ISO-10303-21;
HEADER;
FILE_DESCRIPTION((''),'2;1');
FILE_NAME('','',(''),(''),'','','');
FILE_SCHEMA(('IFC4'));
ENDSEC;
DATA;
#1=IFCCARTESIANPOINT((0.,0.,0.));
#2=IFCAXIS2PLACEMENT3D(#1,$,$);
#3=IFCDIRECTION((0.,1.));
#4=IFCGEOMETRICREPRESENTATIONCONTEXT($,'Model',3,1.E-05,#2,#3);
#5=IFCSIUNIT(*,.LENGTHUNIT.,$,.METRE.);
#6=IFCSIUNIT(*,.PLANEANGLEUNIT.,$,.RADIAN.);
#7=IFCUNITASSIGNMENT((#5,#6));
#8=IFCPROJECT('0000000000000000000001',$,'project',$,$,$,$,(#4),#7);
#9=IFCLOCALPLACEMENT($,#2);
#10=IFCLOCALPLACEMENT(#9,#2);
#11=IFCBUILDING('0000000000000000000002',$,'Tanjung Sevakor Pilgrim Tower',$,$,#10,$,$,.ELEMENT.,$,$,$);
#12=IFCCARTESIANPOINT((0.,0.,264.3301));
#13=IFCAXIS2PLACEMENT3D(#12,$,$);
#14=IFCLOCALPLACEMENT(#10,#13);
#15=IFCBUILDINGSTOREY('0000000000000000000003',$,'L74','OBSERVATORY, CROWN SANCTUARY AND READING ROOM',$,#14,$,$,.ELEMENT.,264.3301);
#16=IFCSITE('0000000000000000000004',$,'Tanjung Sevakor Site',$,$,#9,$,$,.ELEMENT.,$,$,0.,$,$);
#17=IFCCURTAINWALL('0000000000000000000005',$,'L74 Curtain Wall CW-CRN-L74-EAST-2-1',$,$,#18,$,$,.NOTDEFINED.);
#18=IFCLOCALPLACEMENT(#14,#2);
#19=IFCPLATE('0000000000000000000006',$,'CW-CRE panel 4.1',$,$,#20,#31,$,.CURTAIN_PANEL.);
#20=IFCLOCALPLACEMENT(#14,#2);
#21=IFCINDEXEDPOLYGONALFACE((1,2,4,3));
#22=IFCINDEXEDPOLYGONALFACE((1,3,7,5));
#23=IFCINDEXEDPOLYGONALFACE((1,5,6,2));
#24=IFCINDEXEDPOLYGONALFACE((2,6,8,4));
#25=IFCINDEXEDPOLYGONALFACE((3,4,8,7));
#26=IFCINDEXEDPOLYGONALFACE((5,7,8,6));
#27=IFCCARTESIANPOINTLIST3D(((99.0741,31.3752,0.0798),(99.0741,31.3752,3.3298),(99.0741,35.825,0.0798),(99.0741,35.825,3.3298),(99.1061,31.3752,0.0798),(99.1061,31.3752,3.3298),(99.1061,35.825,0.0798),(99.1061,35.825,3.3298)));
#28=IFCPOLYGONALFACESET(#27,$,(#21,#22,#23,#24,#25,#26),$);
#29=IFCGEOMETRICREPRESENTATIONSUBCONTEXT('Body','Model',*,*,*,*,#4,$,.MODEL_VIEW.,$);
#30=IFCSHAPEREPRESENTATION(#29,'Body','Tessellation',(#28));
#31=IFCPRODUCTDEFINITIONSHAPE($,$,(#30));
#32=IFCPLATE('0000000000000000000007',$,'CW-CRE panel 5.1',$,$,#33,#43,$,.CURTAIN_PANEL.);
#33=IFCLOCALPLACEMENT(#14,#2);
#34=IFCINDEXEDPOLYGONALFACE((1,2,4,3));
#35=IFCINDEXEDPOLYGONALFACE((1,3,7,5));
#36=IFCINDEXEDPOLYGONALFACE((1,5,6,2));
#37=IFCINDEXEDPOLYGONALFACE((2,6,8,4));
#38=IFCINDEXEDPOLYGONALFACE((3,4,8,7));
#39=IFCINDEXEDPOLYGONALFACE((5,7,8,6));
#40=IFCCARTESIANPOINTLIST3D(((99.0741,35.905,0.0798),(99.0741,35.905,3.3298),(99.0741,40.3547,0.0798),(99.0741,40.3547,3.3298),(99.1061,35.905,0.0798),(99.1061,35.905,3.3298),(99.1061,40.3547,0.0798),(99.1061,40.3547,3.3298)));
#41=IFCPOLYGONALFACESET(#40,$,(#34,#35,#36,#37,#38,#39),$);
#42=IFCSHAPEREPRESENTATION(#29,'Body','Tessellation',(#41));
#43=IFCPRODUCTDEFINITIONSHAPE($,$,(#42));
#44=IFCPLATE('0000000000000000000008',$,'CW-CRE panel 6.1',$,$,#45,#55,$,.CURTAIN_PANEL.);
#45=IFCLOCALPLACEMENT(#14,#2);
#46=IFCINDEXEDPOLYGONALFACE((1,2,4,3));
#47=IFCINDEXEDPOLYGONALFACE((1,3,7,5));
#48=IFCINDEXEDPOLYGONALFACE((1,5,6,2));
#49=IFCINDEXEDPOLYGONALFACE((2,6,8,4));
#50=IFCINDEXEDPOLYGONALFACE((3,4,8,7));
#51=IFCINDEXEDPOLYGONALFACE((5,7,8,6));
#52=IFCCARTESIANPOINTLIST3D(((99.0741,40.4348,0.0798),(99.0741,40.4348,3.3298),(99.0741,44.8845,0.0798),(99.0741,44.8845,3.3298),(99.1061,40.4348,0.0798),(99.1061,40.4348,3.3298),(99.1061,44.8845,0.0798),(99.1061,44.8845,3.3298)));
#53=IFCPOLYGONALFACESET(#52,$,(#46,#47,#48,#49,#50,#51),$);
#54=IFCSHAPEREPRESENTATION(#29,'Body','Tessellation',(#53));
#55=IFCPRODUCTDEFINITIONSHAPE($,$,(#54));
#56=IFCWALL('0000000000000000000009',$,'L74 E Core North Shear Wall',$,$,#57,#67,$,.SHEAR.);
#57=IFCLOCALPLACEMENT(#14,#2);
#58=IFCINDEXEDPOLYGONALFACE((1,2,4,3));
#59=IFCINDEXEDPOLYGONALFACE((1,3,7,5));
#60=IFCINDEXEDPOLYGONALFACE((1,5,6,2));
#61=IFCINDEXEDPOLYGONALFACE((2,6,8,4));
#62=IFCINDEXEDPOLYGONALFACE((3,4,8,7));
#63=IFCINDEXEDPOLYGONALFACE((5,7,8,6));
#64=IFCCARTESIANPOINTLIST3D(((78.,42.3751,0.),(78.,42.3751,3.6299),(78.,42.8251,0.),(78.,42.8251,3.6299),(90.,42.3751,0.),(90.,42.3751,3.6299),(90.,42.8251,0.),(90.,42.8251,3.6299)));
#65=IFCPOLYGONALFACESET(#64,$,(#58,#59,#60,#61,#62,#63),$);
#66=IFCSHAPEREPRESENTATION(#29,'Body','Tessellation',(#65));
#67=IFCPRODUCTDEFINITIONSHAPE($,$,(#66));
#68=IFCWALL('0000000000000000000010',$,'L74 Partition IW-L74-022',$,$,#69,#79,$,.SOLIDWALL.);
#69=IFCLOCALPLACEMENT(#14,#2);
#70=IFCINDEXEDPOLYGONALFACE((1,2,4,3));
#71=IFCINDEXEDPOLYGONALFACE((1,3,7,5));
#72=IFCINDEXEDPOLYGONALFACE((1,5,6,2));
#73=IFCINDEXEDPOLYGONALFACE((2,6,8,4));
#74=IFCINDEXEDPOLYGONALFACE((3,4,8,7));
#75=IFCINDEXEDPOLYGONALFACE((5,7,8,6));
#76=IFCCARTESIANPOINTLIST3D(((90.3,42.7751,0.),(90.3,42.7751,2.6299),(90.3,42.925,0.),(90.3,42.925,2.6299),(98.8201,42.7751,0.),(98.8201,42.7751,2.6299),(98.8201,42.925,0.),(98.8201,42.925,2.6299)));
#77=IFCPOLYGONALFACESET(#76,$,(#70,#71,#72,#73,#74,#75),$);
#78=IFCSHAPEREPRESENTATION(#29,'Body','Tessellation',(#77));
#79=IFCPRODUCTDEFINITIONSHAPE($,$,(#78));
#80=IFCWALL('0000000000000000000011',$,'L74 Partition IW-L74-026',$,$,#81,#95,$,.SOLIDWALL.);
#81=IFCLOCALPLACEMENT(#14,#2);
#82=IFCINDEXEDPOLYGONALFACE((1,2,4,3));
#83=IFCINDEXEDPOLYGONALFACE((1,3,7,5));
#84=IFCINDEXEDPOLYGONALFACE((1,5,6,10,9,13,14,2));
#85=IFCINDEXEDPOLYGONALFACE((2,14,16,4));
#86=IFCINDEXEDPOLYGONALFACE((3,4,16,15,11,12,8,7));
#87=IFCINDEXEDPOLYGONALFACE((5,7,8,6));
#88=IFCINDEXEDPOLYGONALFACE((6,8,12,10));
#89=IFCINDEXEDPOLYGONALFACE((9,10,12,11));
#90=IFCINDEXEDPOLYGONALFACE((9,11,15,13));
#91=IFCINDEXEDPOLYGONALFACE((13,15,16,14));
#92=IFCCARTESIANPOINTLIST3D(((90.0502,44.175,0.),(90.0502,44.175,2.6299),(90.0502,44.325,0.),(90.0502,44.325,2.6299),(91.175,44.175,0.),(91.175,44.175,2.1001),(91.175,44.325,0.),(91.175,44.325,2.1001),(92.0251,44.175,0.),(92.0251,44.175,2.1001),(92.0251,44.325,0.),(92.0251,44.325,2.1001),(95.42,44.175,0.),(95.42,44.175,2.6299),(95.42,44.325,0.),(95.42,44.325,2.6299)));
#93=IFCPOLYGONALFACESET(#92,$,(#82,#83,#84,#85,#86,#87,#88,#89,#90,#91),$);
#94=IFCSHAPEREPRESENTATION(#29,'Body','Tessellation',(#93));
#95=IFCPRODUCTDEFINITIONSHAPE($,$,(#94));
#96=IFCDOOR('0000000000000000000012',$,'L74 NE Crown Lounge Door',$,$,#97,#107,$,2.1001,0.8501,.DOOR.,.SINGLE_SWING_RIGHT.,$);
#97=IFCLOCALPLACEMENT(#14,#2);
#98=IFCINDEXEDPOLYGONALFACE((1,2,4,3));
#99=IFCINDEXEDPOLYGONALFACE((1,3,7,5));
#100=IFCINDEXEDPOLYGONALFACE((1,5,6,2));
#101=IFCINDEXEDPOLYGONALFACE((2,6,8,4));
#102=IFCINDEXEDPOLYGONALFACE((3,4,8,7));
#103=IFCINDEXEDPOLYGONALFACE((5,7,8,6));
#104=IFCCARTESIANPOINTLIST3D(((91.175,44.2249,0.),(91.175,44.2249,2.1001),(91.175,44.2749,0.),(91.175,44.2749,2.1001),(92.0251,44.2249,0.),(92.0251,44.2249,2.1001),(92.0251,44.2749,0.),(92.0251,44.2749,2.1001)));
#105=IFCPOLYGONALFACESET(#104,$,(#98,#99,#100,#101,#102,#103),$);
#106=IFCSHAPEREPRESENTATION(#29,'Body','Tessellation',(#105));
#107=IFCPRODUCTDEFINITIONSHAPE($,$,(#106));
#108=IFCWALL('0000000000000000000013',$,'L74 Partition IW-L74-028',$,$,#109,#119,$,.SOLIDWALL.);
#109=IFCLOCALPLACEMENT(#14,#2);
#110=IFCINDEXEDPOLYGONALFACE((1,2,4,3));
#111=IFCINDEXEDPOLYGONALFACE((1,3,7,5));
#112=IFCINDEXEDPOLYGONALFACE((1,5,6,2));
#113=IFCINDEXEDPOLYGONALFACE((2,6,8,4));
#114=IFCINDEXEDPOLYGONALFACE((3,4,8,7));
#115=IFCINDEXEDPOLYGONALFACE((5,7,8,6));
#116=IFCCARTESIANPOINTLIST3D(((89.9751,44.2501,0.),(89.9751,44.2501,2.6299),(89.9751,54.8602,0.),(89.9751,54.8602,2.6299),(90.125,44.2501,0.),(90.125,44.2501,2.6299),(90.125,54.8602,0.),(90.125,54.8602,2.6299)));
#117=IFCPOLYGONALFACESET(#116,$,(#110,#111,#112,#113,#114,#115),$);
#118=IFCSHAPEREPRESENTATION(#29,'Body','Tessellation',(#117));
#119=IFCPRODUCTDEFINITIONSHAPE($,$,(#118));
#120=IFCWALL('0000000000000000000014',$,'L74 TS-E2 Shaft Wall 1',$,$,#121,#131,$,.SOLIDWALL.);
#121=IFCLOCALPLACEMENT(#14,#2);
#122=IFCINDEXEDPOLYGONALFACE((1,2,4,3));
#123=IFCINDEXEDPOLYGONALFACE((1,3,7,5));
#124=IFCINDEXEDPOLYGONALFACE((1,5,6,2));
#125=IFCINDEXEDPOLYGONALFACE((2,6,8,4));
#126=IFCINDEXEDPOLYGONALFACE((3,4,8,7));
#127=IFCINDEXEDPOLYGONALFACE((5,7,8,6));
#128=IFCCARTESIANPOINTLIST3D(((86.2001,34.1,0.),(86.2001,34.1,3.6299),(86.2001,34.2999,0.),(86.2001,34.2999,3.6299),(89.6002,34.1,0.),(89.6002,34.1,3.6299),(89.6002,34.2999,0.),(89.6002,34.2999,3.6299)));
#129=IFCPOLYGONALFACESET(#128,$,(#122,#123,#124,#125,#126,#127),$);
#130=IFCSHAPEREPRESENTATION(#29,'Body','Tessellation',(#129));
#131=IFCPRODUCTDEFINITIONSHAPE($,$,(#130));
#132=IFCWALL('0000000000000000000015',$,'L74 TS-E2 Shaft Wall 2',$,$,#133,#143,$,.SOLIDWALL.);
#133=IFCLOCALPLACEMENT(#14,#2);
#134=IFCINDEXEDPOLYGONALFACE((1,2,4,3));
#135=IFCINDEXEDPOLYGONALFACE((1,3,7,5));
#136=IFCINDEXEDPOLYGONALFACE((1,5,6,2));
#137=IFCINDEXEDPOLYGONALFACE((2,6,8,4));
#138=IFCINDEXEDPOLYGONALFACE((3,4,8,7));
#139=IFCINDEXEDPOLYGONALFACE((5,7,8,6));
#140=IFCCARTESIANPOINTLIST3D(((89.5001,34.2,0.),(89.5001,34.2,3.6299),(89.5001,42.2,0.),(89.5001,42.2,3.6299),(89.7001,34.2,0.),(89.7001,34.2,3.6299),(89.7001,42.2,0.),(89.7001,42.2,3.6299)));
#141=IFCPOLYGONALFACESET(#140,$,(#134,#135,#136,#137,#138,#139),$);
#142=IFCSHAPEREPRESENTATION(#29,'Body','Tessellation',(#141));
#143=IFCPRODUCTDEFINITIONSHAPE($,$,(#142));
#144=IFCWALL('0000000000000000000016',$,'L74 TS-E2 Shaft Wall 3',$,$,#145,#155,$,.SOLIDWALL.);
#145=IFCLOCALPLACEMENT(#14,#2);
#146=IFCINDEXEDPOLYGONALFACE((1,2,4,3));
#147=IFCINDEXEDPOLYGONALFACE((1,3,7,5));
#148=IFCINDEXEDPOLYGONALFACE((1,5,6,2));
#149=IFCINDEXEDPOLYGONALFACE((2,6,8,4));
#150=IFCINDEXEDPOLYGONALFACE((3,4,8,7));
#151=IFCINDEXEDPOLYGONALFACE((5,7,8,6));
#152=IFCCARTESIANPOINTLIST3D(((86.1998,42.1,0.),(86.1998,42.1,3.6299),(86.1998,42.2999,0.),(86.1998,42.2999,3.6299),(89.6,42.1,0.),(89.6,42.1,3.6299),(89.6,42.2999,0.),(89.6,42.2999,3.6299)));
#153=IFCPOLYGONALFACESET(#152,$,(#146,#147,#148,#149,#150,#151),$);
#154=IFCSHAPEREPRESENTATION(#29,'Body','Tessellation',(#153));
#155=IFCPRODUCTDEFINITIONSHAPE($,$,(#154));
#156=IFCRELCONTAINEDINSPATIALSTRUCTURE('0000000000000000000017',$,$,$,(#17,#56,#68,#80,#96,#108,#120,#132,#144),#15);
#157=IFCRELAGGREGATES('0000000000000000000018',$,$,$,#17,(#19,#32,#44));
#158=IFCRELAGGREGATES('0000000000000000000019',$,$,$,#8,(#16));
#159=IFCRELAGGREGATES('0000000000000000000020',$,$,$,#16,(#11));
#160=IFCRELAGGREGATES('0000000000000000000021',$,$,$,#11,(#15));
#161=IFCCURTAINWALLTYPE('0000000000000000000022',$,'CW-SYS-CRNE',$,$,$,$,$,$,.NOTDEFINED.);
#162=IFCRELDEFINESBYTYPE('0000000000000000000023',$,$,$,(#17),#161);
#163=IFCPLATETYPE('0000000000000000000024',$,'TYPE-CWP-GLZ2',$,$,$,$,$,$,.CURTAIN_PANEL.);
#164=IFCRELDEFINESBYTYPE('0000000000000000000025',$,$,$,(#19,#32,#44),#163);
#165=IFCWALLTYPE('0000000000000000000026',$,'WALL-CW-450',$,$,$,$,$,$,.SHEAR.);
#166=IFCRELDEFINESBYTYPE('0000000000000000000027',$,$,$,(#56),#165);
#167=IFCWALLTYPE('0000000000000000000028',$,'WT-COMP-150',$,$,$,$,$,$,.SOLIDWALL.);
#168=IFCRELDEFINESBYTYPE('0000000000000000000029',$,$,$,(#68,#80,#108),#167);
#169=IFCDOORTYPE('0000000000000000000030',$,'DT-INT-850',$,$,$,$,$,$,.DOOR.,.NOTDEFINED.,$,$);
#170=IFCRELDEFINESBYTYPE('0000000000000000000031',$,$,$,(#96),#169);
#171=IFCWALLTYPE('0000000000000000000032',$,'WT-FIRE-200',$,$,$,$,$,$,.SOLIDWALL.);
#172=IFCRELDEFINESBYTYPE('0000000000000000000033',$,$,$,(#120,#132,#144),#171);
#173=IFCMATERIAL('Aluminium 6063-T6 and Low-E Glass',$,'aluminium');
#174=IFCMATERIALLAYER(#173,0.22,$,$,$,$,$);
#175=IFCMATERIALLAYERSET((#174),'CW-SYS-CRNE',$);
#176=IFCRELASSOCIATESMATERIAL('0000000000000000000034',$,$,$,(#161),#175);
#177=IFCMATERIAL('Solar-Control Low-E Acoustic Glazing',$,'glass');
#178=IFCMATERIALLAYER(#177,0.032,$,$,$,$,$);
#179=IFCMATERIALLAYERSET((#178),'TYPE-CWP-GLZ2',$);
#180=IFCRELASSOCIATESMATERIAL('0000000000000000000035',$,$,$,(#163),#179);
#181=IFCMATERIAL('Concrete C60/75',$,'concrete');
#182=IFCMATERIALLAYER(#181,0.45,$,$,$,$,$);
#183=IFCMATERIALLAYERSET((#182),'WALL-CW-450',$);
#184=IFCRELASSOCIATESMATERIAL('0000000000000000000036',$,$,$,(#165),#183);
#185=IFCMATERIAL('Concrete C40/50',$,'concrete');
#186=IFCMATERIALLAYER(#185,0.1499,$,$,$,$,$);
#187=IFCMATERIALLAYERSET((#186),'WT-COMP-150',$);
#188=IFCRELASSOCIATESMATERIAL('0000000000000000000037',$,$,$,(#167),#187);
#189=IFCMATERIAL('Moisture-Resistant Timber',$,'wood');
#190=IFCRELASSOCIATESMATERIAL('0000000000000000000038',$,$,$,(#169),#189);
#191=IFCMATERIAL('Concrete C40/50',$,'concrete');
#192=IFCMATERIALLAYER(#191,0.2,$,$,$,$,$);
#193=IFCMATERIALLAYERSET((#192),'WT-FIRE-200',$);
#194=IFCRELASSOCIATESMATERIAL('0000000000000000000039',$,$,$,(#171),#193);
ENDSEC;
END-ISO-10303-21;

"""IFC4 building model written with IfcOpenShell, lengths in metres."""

from ifc_helpers import new_model, si_unit, direction, frame, frame_2d, origin, origin_2d, place, context, subcontext, project, spatial, rectangle, extrude, material, layer, layer_set, type_object, element, fill, aggregate, save


model = new_model("IFC4")

# Units and contexts
model_context = context("Model", 3, precision=1e-05, world=origin(), true_north=direction((0.0, 1.0)))
body_context = subcontext(model_context, "Body", "Model", "MODEL_VIEW")
ifc_project = project(units=[si_unit("LENGTHUNIT", "METRE"), si_unit("PLANEANGLEUNIT", "RADIAN")], contexts=[model_context])

# Site, building, storey
site_placement = place(None, origin())
site = spatial("IfcSite", under=ifc_project, at=site_placement, Name="Tanjung Sevakor Site", CompositionType="ELEMENT", RefElevation=0.0)
building_placement = place(site_placement, origin())
building = spatial("IfcBuilding", under=site, at=building_placement, Name="Tanjung Sevakor Pilgrim Tower", CompositionType="ELEMENT")
storey_placement = place(building_placement, frame((0.0, 0.0, 264.3301)))
storey = spatial("IfcBuildingStorey", under=building, at=storey_placement, Name="L74", Description="OBSERVATORY, CROWN SANCTUARY AND READING ROOM", CompositionType="ELEMENT", Elevation=264.3301)

# Curtain wall, plates
ifc_material_1 = material(Name="Aluminium 6063-T6 and Low-E Glass", Category="aluminium")
ifc_layer_1 = layer(ifc_material_1, 0.22)
ifc_layer_set_1 = layer_set([ifc_layer_1], Name="CW-SYS-CRNE")
curtain_wall_type = type_object("IfcCurtainWallType", Name="CW-SYS-CRNE", PredefinedType="NOTDEFINED", material=ifc_layer_set_1)
curtain_wall_placement = place(storey_placement, origin())
curtain_wall = element("IfcCurtainWall", 1, at=curtain_wall_placement, inside=storey, type_object=curtain_wall_type, Name="L74 Curtain Wall CW-CRN-L74-EAST-2-1", PredefinedType="NOTDEFINED")
ifc_material_2 = material(Name="Solar-Control Low-E Acoustic Glazing", Category="glass")
ifc_layer_2 = layer(ifc_material_2, 0.032)
ifc_layer_set_2 = layer_set([ifc_layer_2], Name="TYPE-CWP-GLZ2")
plate_type = type_object("IfcPlateType", Name="TYPE-CWP-GLZ2", PredefinedType="CURTAIN_PANEL", material=ifc_layer_set_2)
plate_1_placement = place(storey_placement, frame((99.0901, 33.6001, 0.0798), z_axis=(0.0, 0.0, 1.0), x_axis=(0.0, 1.0, 0.0)))
plate_1 = element("IfcPlate", 2, at=plate_1_placement, type_object=plate_type, Name="CW-CRE panel 4.1", PredefinedType="CURTAIN_PANEL", context=body_context, shape_type="SweptSolid", body=[
    extrude(rectangle(XDim=4.4497, YDim=0.032, at=origin_2d()), origin(), (0.0, 0.0, 1.0), 3.25),
])
plate_2_placement = place(storey_placement, frame((99.0901, 38.1299, 0.0798), z_axis=(0.0, 0.0, 1.0), x_axis=(0.0, 1.0, 0.0)))
plate_2 = element("IfcPlate", 3, at=plate_2_placement, type_object=plate_type, Name="CW-CRE panel 5.1", PredefinedType="CURTAIN_PANEL", context=body_context, shape_type="SweptSolid", body=[
    extrude(rectangle(XDim=4.4497, YDim=0.032, at=origin_2d()), origin(), (0.0, 0.0, 1.0), 3.25),
])
plate_3_placement = place(storey_placement, frame((99.0901, 42.6597, 0.0798), z_axis=(0.0, 0.0, 1.0), x_axis=(0.0, 1.0, 0.0)))
plate_3 = element("IfcPlate", 4, at=plate_3_placement, type_object=plate_type, Name="CW-CRE panel 6.1", PredefinedType="CURTAIN_PANEL", context=body_context, shape_type="SweptSolid", body=[
    extrude(rectangle(XDim=4.4497, YDim=0.032, at=origin_2d()), origin(), (0.0, 0.0, 1.0), 3.25),
])
aggregate(curtain_wall, [plate_1, plate_2, plate_3])

# Walls
ifc_material_3 = material(Name="Concrete C60/75", Category="concrete")
ifc_layer_3 = layer(ifc_material_3, 0.45)
ifc_layer_set_3 = layer_set([ifc_layer_3], Name="WALL-CW-450")
wall_type_1 = type_object("IfcWallType", Name="WALL-CW-450", PredefinedType="SHEAR", material=ifc_layer_set_3)
wall_1_placement = place(storey_placement, frame((90.0, 42.6001, 0.0), z_axis=(0.0, 0.0, 1.0), x_axis=(-1.0, 0.0, 0.0)))
element("IfcWall", 5, at=wall_1_placement, inside=storey, type_object=wall_type_1, Name="L74 E Core North Shear Wall", PredefinedType="SHEAR", context=body_context, shape_type="SweptSolid", body=[
    extrude(rectangle(XDim=12.0, YDim=0.45, at=frame_2d((6.0, 0.0))), origin(), (0.0, 0.0, 1.0), 3.6299),
])
ifc_material_4 = material(Name="Concrete C40/50", Category="concrete")
ifc_layer_4 = layer(ifc_material_4, 0.1499)
ifc_layer_set_4 = layer_set([ifc_layer_4], Name="WT-COMP-150")
wall_type_2 = type_object("IfcWallType", Name="WT-COMP-150", PredefinedType="SOLIDWALL", material=ifc_layer_set_4)
wall_2_placement = place(storey_placement, frame((90.3, 42.8501, 0.0), z_axis=(0.0, 0.0, 1.0), x_axis=(1.0, 0.0, 0.0)))
element("IfcWall", 6, at=wall_2_placement, inside=storey, type_object=wall_type_2, Name="L74 Partition IW-L74-022", PredefinedType="SOLIDWALL", context=body_context, shape_type="SweptSolid", body=[
    extrude(rectangle(XDim=8.52, YDim=0.1499, at=frame_2d((4.26, 0.0))), origin(), (0.0, 0.0, 1.0), 2.6299),
])

# Wall, opening, door
wall_3_placement = place(storey_placement, frame((90.05, 44.25, 0.0), z_axis=(0.0, 0.0, 1.0), x_axis=(1.0, 0.0, 0.0)))
wall_3 = element("IfcWall", 7, at=wall_3_placement, inside=storey, type_object=wall_type_2, Name="L74 Partition IW-L74-026", PredefinedType="SOLIDWALL", context=body_context, shape_type="SweptSolid", body=[
    extrude(rectangle(XDim=5.3699, YDim=0.1499, at=frame_2d((2.6851, 0.0))), origin(), (0.0, 0.0, 1.0), 2.6299),
])
opening_placement = place(wall_3_placement, frame((1.125, 0.0, 0.0)))
opening = element("IfcOpeningElement", 8, at=opening_placement, cuts=wall_3, PredefinedType="OPENING", context=body_context, shape_type="SweptSolid", body=[
    extrude(rectangle(XDim=0.8501, YDim=2.1001, at=frame_2d((0.425, 1.05))), frame((0.0, 0.085, 0.0), z_axis=(0.0, -1.0, 0.0), x_axis=(1.0, 0.0, 0.0)), (0.0, 0.0, 1.0), 0.1699),
])
ifc_material_5 = material(Name="Moisture-Resistant Timber", Category="wood")
door_type = type_object("IfcDoorType", Name="DT-INT-850", OperationType="NOTDEFINED", PredefinedType="DOOR", material=ifc_material_5)
door_placement = place(opening_placement, origin())
door = element("IfcDoor", 9, at=door_placement, inside=storey, type_object=door_type, Name="L74 NE Crown Lounge Door", OperationType="SINGLE_SWING_RIGHT", OverallHeight=2.1001, OverallWidth=0.8501, PredefinedType="DOOR", context=body_context, shape_type="SweptSolid", body=[
    extrude(rectangle(XDim=0.8501, YDim=2.1001, at=frame_2d((0.425, 1.05))), frame((0.0, 0.0249, 0.0), z_axis=(0.0, -1.0, 0.0), x_axis=(1.0, 0.0, 0.0)), (0.0, 0.0, 1.0), 0.05),
])
fill(opening, door)

# Walls
wall_4_placement = place(storey_placement, frame((90.05, 44.25, 0.0), z_axis=(0.0, 0.0, 1.0), x_axis=(0.0, 1.0, 0.0)))
element("IfcWall", 10, at=wall_4_placement, inside=storey, type_object=wall_type_2, Name="L74 Partition IW-L74-028", PredefinedType="SOLIDWALL", context=body_context, shape_type="SweptSolid", body=[
    extrude(rectangle(XDim=10.6101, YDim=0.1499, at=frame_2d((5.3052, 0.0))), origin(), (0.0, 0.0, 1.0), 2.6299),
])
ifc_material_6 = material(Name="Concrete C40/50", Category="concrete")
ifc_layer_5 = layer(ifc_material_6, 0.2)
ifc_layer_set_5 = layer_set([ifc_layer_5], Name="WT-FIRE-200")
wall_type_3 = type_object("IfcWallType", Name="WT-FIRE-200", PredefinedType="SOLIDWALL", material=ifc_layer_set_5)
wall_5_placement = place(storey_placement, frame((86.2, 34.2, 0.0), z_axis=(0.0, 0.0, 1.0), x_axis=(1.0, 0.0, 0.0)))
element("IfcWall", 11, at=wall_5_placement, inside=storey, type_object=wall_type_3, Name="L74 TS-E2 Shaft Wall 1", PredefinedType="SOLIDWALL", context=body_context, shape_type="SweptSolid", body=[
    extrude(rectangle(XDim=3.4001, YDim=0.2, at=frame_2d((1.7002, 0.0))), origin(), (0.0, 0.0, 1.0), 3.6299),
])
wall_6_placement = place(storey_placement, frame((89.6001, 34.2, 0.0), z_axis=(0.0, 0.0, 1.0), x_axis=(0.0, 1.0, 0.0)))
element("IfcWall", 12, at=wall_6_placement, inside=storey, type_object=wall_type_3, Name="L74 TS-E2 Shaft Wall 2", PredefinedType="SOLIDWALL", context=body_context, shape_type="SweptSolid", body=[
    extrude(rectangle(XDim=8.0, YDim=0.2, at=frame_2d((4.0, 0.0))), origin(), (0.0, 0.0, 1.0), 3.6299),
])
wall_7_placement = place(storey_placement, frame((89.6001, 42.2, 0.0), z_axis=(0.0, 0.0, 1.0), x_axis=(-1.0, 0.0, 0.0)))
element("IfcWall", 13, at=wall_7_placement, inside=storey, type_object=wall_type_3, Name="L74 TS-E2 Shaft Wall 3", PredefinedType="SOLIDWALL", context=body_context, shape_type="SweptSolid", body=[
    extrude(rectangle(XDim=3.4001, YDim=0.2, at=frame_2d((1.7002, 0.0))), origin(), (0.0, 0.0, 1.0), 3.6299),
])

save(model, "model.ifc")
